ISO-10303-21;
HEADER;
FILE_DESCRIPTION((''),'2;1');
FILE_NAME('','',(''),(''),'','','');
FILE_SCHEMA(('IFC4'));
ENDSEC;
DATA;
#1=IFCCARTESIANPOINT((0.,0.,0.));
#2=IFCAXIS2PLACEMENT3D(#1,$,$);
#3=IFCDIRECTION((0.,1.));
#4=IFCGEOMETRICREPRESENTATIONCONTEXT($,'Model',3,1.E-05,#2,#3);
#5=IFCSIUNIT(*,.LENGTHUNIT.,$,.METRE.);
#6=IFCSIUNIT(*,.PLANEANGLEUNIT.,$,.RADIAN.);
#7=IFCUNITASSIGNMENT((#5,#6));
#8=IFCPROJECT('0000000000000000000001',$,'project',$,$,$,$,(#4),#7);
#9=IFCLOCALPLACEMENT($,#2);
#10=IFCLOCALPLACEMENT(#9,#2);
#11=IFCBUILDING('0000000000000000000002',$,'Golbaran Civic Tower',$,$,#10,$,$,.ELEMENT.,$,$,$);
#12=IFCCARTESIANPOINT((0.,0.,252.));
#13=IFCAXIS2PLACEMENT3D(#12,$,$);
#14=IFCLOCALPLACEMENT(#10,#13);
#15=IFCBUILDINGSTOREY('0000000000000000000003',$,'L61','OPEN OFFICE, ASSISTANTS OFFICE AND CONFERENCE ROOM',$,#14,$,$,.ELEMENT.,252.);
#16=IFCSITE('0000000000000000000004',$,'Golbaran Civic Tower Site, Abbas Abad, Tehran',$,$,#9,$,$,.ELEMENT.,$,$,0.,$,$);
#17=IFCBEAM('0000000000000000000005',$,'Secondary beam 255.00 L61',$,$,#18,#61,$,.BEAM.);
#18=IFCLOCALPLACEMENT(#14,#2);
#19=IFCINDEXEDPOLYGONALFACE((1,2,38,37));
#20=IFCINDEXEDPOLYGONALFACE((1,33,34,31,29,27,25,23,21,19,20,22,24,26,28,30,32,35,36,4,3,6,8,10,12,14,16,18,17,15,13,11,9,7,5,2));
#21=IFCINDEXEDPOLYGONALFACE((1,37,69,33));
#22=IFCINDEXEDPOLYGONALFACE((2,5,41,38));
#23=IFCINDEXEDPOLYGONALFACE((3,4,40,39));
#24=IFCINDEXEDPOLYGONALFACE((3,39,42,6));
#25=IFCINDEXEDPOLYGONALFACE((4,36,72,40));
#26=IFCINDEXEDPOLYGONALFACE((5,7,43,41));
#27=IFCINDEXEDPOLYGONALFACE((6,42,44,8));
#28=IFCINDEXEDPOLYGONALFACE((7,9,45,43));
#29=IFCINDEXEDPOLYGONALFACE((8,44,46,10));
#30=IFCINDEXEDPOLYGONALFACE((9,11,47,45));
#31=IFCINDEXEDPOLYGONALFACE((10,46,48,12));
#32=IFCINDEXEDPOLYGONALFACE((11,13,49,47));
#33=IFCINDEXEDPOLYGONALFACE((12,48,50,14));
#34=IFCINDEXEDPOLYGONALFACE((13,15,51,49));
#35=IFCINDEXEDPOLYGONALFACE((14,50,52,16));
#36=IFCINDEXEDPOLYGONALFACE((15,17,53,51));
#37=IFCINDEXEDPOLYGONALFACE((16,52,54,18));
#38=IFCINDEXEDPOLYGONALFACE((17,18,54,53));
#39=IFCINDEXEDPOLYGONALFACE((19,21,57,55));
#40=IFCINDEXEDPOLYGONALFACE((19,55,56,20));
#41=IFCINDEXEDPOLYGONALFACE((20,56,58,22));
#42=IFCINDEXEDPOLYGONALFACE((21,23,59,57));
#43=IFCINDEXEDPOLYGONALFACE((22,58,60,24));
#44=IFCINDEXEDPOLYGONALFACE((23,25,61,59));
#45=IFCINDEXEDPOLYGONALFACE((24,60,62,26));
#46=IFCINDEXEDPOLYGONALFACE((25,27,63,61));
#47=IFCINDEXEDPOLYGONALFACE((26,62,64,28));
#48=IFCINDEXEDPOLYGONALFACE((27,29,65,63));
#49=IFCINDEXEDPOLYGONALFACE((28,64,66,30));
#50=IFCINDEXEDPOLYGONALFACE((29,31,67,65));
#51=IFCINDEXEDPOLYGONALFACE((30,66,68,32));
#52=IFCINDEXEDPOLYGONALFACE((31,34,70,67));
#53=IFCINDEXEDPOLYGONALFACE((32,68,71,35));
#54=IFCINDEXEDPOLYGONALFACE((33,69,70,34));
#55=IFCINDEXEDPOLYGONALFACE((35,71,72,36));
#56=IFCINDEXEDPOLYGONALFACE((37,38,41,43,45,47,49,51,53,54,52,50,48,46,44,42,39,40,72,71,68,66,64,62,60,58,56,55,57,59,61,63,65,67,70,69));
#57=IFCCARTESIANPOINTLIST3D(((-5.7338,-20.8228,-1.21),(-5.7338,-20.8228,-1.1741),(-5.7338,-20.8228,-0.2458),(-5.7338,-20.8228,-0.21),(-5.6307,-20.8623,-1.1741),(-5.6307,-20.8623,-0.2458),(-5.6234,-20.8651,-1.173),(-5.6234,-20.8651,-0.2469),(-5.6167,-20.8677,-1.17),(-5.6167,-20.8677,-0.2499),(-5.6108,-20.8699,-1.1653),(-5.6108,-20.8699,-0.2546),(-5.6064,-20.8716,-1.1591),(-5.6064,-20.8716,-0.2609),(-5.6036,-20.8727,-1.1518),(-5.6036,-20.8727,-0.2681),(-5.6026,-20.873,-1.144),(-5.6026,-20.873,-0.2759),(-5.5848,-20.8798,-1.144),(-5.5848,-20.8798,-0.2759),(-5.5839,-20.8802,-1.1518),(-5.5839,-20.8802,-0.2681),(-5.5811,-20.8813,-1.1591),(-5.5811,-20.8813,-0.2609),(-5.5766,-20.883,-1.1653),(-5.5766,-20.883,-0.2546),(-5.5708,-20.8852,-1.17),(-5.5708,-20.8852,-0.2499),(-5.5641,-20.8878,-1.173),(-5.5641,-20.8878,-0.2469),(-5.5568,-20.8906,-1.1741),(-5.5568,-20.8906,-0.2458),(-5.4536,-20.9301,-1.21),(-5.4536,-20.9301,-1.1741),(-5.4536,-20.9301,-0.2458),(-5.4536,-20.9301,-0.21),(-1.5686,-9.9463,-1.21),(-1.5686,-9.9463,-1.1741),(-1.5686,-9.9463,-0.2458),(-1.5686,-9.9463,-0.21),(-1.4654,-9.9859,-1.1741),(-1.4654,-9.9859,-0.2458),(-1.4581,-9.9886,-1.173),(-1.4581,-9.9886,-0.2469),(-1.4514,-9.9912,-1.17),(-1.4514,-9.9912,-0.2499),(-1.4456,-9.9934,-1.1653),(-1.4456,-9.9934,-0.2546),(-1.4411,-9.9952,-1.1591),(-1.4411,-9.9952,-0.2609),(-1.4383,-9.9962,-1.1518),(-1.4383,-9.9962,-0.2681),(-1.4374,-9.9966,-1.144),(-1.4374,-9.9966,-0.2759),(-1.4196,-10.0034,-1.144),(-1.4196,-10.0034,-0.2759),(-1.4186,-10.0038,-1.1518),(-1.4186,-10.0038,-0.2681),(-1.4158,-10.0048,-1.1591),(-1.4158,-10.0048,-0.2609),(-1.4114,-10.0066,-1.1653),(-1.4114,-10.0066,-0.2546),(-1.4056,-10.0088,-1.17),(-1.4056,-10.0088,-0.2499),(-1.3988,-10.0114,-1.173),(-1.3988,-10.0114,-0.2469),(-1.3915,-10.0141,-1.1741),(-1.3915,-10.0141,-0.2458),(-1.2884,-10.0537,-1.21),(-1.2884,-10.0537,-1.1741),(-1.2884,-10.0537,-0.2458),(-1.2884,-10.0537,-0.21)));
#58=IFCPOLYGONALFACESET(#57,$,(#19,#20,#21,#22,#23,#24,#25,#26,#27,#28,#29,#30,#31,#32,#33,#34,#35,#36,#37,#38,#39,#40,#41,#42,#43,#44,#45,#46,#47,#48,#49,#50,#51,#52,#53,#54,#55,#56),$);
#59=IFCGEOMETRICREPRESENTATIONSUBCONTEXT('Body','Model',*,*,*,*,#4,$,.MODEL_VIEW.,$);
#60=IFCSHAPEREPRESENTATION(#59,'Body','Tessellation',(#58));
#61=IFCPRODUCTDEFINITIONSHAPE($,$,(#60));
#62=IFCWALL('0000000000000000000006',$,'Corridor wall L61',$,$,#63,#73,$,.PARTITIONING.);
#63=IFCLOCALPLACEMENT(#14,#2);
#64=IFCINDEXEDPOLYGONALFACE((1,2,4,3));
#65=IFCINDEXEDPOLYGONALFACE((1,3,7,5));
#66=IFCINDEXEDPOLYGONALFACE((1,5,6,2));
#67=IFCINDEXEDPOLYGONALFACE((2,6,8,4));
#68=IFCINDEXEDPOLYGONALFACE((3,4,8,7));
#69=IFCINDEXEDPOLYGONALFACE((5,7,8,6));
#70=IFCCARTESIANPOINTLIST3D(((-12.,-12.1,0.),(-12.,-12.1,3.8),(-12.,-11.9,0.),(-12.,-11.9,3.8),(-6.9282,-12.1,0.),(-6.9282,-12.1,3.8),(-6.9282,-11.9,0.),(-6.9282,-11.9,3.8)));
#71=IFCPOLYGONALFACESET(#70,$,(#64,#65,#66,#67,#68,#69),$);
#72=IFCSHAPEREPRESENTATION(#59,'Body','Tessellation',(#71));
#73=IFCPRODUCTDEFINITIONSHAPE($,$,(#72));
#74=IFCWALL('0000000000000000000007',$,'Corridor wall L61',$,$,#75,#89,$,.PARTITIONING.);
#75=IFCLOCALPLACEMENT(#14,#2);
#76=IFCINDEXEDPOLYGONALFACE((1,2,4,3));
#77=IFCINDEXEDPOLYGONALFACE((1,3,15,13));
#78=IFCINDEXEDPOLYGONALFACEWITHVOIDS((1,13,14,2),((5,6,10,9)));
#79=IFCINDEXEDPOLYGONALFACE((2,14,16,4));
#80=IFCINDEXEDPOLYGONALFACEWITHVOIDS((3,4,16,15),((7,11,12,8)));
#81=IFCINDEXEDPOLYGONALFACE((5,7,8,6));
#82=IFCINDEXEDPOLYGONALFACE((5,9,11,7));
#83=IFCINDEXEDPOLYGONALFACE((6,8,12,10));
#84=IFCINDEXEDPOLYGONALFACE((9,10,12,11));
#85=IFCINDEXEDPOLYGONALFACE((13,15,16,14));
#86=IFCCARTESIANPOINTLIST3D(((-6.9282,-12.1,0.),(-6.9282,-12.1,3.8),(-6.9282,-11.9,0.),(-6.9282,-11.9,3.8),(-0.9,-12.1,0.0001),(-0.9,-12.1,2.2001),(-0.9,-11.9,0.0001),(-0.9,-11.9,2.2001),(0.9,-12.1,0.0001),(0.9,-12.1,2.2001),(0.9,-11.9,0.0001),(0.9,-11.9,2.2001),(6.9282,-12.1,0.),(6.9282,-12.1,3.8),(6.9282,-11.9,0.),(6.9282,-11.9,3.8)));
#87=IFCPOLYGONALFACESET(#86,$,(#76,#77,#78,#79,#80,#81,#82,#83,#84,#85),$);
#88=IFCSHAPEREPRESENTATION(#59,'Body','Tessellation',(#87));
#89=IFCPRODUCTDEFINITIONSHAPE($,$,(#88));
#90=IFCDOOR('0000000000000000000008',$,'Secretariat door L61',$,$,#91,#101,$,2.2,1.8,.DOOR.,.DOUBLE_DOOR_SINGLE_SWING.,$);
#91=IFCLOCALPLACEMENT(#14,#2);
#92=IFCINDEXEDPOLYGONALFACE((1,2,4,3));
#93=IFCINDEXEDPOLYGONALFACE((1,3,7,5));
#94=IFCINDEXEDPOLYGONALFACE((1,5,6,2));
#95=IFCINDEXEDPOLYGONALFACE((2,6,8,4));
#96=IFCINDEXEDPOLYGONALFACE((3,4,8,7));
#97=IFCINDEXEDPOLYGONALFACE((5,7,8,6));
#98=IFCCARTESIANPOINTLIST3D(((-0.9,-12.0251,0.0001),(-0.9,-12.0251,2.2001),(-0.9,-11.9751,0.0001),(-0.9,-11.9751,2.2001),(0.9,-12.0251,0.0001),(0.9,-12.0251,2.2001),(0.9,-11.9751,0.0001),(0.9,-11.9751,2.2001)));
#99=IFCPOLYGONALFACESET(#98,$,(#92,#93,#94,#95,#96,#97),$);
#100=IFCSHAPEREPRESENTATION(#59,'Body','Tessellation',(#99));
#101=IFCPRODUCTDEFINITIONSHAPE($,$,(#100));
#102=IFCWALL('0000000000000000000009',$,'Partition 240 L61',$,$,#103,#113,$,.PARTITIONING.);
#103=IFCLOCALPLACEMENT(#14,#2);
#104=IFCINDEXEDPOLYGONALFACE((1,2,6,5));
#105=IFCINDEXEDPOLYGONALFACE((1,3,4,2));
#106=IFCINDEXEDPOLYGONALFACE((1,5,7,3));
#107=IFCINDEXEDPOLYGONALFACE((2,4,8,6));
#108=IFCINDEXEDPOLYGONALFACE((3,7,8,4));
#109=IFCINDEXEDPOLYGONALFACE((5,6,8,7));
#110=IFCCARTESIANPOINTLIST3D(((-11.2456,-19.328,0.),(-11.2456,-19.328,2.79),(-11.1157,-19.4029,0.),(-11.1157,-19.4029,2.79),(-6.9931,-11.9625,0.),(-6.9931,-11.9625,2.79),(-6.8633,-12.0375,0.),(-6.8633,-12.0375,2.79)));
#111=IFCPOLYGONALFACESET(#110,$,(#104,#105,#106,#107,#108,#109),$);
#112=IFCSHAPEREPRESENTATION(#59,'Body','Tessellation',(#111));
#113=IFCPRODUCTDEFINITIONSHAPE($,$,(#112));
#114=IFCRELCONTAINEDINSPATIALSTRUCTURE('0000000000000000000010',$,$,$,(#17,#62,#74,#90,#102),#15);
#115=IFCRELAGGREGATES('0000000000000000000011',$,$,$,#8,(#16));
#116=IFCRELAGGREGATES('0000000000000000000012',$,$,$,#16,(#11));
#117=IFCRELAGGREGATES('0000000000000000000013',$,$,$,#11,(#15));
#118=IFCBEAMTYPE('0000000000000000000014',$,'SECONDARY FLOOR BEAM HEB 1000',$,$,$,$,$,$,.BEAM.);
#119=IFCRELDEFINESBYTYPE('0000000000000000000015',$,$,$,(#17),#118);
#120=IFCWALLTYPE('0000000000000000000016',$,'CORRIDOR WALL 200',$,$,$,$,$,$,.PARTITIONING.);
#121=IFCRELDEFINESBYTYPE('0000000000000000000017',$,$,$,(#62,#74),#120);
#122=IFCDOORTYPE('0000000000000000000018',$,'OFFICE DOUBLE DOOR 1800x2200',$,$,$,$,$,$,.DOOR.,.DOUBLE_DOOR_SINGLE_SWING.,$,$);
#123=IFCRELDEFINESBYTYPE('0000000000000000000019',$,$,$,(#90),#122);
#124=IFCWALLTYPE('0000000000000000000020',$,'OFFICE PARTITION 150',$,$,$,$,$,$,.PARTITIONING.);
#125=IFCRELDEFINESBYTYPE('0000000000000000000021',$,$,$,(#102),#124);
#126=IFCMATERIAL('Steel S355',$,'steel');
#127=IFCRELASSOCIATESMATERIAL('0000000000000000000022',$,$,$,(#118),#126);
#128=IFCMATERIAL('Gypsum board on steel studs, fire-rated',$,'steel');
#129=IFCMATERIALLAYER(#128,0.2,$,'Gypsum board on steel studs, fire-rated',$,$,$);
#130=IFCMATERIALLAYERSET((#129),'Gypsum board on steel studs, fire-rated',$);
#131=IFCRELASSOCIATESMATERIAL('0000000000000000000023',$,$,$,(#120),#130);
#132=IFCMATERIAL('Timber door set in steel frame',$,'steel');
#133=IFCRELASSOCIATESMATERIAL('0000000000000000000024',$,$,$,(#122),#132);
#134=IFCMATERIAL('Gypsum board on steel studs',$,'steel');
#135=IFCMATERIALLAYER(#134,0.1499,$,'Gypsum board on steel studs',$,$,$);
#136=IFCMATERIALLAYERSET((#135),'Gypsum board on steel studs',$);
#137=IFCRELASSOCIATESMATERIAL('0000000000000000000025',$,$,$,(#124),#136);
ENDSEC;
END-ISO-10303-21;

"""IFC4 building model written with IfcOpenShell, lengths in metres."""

from ifc_helpers import new_model, si_unit, direction, frame, frame_2d, origin, origin_2d, place, context, subcontext, project, spatial, rectangle, i_section, extrude, material, layer, layer_set, material_profile, profile_set, type_object, element, fill, save


model = new_model("IFC4")

# Units and contexts
model_context = context("Model", 3, precision=1e-05, world=origin(), true_north=direction((0.0, 1.0)))
body_context = subcontext(model_context, "Body", "Model", "MODEL_VIEW")
ifc_project = project(units=[si_unit("LENGTHUNIT", "METRE"), si_unit("PLANEANGLEUNIT", "RADIAN")], contexts=[model_context])

# Site, building, storey
site_placement = place(None, origin())
site = spatial("IfcSite", under=ifc_project, at=site_placement, Name="Golbaran Civic Tower Site, Abbas Abad, Tehran", CompositionType="ELEMENT", RefElevation=0.0)
building_placement = place(site_placement, origin())
building = spatial("IfcBuilding", under=site, at=building_placement, Name="Golbaran Civic Tower", CompositionType="ELEMENT")
storey_placement = place(building_placement, frame((0.0, 0.0, 252.0)))
storey = spatial("IfcBuildingStorey", under=building, at=storey_placement, Name="L61", Description="OPEN OFFICE, ASSISTANTS OFFICE AND CONFERENCE ROOM", CompositionType="ELEMENT", Elevation=252.0)

# Beam
ifc_material_1 = material(Name="Steel S355", Category="steel")
ifc_material_profile_1 = material_profile(ifc_material_1, i_section(OverallWidth=0.3, OverallDepth=1.0, WebThickness=0.019, FlangeThickness=0.0359, FilletRadius=0.03, at=origin_2d()), Name="HEB 1000")
ifc_profile_set_1 = profile_set([ifc_material_profile_1], Name="Steel S355")
beam_type_1 = type_object("IfcBeamType", Name="SECONDARY FLOOR BEAM HEB 1000", PredefinedType="BEAM", material=ifc_profile_set_1)
beam_1_placement = place(storey_placement, frame((-1.4285, -10.0, -0.71), z_axis=(-0.357634, -0.933862, 0.0), x_axis=(0.933862, -0.357634, 0.0)))
element("IfcBeam", 1, at=beam_1_placement, inside=storey, type_object=beam_type_1, Name="Secondary beam 255.00 L61", PredefinedType="BEAM", context=body_context, shape_type="SweptSolid", body=[
    extrude(i_section(OverallWidth=0.3, OverallDepth=1.0, WebThickness=0.019, FlangeThickness=0.0359, FilletRadius=0.03, at=origin_2d()), origin(), (0.0, 0.0, 1.0), 11.6467),
])

# Wall
ifc_material_2 = material(Name="Gypsum board on steel studs, fire-rated", Category="steel")
ifc_layer_1 = layer(ifc_material_2, 0.2, Name="Gypsum board on steel studs, fire-rated")
ifc_layer_set_1 = layer_set([ifc_layer_1], Name="Gypsum board on steel studs, fire-rated")
wall_type_1 = type_object("IfcWallType", Name="CORRIDOR WALL 200", PredefinedType="PARTITIONING", material=ifc_layer_set_1)
wall_1_placement = place(storey_placement, frame((-12.0, -12.0, 0.0), z_axis=(0.0, 0.0, 1.0), x_axis=(1.0, 0.0, 0.0)))
element("IfcWall", 2, at=wall_1_placement, inside=storey, type_object=wall_type_1, Name="Corridor wall L61", PredefinedType="PARTITIONING", context=body_context, shape_type="SweptSolid", body=[
    extrude(rectangle(XDim=5.0718, YDim=0.2, at=frame_2d((2.5359, 0.0))), origin(), (0.0, 0.0, 1.0), 3.8),
])

# Wall, opening, door
wall_2_placement = place(storey_placement, frame((-6.9282, -12.0, 0.0), z_axis=(0.0, 0.0, 1.0), x_axis=(1.0, 0.0, 0.0)))
wall_2 = element("IfcWall", 3, at=wall_2_placement, inside=storey, type_object=wall_type_1, Name="Corridor wall L61", PredefinedType="PARTITIONING", context=body_context, shape_type="SweptSolid", body=[
    extrude(rectangle(XDim=13.8564, YDim=0.2, at=frame_2d((6.9282, 0.0))), origin(), (0.0, 0.0, 1.0), 3.8),
])
opening_1_placement = place(wall_2_placement, frame((6.0283, 0.0, 0.0)))
opening_1 = element("IfcOpeningElement", 4, at=opening_1_placement, cuts=wall_2, PredefinedType="OPENING", context=body_context, shape_type="SweptSolid", body=[
    extrude(rectangle(XDim=1.8, YDim=2.2, at=frame_2d((0.8999, 1.1001))), frame((0.0, 0.1099, 0.0), z_axis=(0.0, -1.0, 0.0), x_axis=(1.0, 0.0, 0.0)), (0.0, 0.0, 1.0), 0.22),
])
ifc_material_3 = material(Name="Timber door set in steel frame", Category="steel")
door_type_1 = type_object("IfcDoorType", Name="OFFICE DOUBLE DOOR 1800x2200", OperationType="DOUBLE_DOOR_SINGLE_SWING", PredefinedType="DOOR", material=ifc_material_3)
door_1_placement = place(opening_1_placement, origin())
door_1 = element("IfcDoor", 5, at=door_1_placement, inside=storey, type_object=door_type_1, Name="Secretariat door L61", OperationType="DOUBLE_DOOR_SINGLE_SWING", OverallHeight=2.2, OverallWidth=1.8, PredefinedType="DOOR", context=body_context, shape_type="SweptSolid", body=[
    extrude(rectangle(XDim=1.8, YDim=2.2, at=frame_2d((0.8999, 1.1001))), frame((0.0, 0.0249, 0.0), z_axis=(0.0, -1.0, 0.0), x_axis=(1.0, 0.0, 0.0)), (0.0, 0.0, 1.0), 0.05),
])
fill(opening_1, door_1)

# Wall
ifc_material_4 = material(Name="Gypsum board on steel studs", Category="steel")
ifc_layer_2 = layer(ifc_material_4, 0.1499, Name="Gypsum board on steel studs")
ifc_layer_set_2 = layer_set([ifc_layer_2], Name="Gypsum board on steel studs")
wall_type_2 = type_object("IfcWallType", Name="OFFICE PARTITION 150", PredefinedType="PARTITIONING", material=ifc_layer_set_2)
wall_3_placement = place(storey_placement, frame((-6.9282, -12.0, 0.0), z_axis=(0.0, 0.0, 1.0), x_axis=(-0.499998, -0.866026, 0.0)))
element("IfcWall", 6, at=wall_3_placement, inside=storey, type_object=wall_type_2, Name="Partition 240 L61", PredefinedType="PARTITIONING", context=body_context, shape_type="SweptSolid", body=[
    extrude(rectangle(XDim=8.5049, YDim=0.1499, at=frame_2d((4.2524, 0.0))), origin(), (0.0, 0.0, 1.0), 2.79),
])

save(model, "model.ifc")
